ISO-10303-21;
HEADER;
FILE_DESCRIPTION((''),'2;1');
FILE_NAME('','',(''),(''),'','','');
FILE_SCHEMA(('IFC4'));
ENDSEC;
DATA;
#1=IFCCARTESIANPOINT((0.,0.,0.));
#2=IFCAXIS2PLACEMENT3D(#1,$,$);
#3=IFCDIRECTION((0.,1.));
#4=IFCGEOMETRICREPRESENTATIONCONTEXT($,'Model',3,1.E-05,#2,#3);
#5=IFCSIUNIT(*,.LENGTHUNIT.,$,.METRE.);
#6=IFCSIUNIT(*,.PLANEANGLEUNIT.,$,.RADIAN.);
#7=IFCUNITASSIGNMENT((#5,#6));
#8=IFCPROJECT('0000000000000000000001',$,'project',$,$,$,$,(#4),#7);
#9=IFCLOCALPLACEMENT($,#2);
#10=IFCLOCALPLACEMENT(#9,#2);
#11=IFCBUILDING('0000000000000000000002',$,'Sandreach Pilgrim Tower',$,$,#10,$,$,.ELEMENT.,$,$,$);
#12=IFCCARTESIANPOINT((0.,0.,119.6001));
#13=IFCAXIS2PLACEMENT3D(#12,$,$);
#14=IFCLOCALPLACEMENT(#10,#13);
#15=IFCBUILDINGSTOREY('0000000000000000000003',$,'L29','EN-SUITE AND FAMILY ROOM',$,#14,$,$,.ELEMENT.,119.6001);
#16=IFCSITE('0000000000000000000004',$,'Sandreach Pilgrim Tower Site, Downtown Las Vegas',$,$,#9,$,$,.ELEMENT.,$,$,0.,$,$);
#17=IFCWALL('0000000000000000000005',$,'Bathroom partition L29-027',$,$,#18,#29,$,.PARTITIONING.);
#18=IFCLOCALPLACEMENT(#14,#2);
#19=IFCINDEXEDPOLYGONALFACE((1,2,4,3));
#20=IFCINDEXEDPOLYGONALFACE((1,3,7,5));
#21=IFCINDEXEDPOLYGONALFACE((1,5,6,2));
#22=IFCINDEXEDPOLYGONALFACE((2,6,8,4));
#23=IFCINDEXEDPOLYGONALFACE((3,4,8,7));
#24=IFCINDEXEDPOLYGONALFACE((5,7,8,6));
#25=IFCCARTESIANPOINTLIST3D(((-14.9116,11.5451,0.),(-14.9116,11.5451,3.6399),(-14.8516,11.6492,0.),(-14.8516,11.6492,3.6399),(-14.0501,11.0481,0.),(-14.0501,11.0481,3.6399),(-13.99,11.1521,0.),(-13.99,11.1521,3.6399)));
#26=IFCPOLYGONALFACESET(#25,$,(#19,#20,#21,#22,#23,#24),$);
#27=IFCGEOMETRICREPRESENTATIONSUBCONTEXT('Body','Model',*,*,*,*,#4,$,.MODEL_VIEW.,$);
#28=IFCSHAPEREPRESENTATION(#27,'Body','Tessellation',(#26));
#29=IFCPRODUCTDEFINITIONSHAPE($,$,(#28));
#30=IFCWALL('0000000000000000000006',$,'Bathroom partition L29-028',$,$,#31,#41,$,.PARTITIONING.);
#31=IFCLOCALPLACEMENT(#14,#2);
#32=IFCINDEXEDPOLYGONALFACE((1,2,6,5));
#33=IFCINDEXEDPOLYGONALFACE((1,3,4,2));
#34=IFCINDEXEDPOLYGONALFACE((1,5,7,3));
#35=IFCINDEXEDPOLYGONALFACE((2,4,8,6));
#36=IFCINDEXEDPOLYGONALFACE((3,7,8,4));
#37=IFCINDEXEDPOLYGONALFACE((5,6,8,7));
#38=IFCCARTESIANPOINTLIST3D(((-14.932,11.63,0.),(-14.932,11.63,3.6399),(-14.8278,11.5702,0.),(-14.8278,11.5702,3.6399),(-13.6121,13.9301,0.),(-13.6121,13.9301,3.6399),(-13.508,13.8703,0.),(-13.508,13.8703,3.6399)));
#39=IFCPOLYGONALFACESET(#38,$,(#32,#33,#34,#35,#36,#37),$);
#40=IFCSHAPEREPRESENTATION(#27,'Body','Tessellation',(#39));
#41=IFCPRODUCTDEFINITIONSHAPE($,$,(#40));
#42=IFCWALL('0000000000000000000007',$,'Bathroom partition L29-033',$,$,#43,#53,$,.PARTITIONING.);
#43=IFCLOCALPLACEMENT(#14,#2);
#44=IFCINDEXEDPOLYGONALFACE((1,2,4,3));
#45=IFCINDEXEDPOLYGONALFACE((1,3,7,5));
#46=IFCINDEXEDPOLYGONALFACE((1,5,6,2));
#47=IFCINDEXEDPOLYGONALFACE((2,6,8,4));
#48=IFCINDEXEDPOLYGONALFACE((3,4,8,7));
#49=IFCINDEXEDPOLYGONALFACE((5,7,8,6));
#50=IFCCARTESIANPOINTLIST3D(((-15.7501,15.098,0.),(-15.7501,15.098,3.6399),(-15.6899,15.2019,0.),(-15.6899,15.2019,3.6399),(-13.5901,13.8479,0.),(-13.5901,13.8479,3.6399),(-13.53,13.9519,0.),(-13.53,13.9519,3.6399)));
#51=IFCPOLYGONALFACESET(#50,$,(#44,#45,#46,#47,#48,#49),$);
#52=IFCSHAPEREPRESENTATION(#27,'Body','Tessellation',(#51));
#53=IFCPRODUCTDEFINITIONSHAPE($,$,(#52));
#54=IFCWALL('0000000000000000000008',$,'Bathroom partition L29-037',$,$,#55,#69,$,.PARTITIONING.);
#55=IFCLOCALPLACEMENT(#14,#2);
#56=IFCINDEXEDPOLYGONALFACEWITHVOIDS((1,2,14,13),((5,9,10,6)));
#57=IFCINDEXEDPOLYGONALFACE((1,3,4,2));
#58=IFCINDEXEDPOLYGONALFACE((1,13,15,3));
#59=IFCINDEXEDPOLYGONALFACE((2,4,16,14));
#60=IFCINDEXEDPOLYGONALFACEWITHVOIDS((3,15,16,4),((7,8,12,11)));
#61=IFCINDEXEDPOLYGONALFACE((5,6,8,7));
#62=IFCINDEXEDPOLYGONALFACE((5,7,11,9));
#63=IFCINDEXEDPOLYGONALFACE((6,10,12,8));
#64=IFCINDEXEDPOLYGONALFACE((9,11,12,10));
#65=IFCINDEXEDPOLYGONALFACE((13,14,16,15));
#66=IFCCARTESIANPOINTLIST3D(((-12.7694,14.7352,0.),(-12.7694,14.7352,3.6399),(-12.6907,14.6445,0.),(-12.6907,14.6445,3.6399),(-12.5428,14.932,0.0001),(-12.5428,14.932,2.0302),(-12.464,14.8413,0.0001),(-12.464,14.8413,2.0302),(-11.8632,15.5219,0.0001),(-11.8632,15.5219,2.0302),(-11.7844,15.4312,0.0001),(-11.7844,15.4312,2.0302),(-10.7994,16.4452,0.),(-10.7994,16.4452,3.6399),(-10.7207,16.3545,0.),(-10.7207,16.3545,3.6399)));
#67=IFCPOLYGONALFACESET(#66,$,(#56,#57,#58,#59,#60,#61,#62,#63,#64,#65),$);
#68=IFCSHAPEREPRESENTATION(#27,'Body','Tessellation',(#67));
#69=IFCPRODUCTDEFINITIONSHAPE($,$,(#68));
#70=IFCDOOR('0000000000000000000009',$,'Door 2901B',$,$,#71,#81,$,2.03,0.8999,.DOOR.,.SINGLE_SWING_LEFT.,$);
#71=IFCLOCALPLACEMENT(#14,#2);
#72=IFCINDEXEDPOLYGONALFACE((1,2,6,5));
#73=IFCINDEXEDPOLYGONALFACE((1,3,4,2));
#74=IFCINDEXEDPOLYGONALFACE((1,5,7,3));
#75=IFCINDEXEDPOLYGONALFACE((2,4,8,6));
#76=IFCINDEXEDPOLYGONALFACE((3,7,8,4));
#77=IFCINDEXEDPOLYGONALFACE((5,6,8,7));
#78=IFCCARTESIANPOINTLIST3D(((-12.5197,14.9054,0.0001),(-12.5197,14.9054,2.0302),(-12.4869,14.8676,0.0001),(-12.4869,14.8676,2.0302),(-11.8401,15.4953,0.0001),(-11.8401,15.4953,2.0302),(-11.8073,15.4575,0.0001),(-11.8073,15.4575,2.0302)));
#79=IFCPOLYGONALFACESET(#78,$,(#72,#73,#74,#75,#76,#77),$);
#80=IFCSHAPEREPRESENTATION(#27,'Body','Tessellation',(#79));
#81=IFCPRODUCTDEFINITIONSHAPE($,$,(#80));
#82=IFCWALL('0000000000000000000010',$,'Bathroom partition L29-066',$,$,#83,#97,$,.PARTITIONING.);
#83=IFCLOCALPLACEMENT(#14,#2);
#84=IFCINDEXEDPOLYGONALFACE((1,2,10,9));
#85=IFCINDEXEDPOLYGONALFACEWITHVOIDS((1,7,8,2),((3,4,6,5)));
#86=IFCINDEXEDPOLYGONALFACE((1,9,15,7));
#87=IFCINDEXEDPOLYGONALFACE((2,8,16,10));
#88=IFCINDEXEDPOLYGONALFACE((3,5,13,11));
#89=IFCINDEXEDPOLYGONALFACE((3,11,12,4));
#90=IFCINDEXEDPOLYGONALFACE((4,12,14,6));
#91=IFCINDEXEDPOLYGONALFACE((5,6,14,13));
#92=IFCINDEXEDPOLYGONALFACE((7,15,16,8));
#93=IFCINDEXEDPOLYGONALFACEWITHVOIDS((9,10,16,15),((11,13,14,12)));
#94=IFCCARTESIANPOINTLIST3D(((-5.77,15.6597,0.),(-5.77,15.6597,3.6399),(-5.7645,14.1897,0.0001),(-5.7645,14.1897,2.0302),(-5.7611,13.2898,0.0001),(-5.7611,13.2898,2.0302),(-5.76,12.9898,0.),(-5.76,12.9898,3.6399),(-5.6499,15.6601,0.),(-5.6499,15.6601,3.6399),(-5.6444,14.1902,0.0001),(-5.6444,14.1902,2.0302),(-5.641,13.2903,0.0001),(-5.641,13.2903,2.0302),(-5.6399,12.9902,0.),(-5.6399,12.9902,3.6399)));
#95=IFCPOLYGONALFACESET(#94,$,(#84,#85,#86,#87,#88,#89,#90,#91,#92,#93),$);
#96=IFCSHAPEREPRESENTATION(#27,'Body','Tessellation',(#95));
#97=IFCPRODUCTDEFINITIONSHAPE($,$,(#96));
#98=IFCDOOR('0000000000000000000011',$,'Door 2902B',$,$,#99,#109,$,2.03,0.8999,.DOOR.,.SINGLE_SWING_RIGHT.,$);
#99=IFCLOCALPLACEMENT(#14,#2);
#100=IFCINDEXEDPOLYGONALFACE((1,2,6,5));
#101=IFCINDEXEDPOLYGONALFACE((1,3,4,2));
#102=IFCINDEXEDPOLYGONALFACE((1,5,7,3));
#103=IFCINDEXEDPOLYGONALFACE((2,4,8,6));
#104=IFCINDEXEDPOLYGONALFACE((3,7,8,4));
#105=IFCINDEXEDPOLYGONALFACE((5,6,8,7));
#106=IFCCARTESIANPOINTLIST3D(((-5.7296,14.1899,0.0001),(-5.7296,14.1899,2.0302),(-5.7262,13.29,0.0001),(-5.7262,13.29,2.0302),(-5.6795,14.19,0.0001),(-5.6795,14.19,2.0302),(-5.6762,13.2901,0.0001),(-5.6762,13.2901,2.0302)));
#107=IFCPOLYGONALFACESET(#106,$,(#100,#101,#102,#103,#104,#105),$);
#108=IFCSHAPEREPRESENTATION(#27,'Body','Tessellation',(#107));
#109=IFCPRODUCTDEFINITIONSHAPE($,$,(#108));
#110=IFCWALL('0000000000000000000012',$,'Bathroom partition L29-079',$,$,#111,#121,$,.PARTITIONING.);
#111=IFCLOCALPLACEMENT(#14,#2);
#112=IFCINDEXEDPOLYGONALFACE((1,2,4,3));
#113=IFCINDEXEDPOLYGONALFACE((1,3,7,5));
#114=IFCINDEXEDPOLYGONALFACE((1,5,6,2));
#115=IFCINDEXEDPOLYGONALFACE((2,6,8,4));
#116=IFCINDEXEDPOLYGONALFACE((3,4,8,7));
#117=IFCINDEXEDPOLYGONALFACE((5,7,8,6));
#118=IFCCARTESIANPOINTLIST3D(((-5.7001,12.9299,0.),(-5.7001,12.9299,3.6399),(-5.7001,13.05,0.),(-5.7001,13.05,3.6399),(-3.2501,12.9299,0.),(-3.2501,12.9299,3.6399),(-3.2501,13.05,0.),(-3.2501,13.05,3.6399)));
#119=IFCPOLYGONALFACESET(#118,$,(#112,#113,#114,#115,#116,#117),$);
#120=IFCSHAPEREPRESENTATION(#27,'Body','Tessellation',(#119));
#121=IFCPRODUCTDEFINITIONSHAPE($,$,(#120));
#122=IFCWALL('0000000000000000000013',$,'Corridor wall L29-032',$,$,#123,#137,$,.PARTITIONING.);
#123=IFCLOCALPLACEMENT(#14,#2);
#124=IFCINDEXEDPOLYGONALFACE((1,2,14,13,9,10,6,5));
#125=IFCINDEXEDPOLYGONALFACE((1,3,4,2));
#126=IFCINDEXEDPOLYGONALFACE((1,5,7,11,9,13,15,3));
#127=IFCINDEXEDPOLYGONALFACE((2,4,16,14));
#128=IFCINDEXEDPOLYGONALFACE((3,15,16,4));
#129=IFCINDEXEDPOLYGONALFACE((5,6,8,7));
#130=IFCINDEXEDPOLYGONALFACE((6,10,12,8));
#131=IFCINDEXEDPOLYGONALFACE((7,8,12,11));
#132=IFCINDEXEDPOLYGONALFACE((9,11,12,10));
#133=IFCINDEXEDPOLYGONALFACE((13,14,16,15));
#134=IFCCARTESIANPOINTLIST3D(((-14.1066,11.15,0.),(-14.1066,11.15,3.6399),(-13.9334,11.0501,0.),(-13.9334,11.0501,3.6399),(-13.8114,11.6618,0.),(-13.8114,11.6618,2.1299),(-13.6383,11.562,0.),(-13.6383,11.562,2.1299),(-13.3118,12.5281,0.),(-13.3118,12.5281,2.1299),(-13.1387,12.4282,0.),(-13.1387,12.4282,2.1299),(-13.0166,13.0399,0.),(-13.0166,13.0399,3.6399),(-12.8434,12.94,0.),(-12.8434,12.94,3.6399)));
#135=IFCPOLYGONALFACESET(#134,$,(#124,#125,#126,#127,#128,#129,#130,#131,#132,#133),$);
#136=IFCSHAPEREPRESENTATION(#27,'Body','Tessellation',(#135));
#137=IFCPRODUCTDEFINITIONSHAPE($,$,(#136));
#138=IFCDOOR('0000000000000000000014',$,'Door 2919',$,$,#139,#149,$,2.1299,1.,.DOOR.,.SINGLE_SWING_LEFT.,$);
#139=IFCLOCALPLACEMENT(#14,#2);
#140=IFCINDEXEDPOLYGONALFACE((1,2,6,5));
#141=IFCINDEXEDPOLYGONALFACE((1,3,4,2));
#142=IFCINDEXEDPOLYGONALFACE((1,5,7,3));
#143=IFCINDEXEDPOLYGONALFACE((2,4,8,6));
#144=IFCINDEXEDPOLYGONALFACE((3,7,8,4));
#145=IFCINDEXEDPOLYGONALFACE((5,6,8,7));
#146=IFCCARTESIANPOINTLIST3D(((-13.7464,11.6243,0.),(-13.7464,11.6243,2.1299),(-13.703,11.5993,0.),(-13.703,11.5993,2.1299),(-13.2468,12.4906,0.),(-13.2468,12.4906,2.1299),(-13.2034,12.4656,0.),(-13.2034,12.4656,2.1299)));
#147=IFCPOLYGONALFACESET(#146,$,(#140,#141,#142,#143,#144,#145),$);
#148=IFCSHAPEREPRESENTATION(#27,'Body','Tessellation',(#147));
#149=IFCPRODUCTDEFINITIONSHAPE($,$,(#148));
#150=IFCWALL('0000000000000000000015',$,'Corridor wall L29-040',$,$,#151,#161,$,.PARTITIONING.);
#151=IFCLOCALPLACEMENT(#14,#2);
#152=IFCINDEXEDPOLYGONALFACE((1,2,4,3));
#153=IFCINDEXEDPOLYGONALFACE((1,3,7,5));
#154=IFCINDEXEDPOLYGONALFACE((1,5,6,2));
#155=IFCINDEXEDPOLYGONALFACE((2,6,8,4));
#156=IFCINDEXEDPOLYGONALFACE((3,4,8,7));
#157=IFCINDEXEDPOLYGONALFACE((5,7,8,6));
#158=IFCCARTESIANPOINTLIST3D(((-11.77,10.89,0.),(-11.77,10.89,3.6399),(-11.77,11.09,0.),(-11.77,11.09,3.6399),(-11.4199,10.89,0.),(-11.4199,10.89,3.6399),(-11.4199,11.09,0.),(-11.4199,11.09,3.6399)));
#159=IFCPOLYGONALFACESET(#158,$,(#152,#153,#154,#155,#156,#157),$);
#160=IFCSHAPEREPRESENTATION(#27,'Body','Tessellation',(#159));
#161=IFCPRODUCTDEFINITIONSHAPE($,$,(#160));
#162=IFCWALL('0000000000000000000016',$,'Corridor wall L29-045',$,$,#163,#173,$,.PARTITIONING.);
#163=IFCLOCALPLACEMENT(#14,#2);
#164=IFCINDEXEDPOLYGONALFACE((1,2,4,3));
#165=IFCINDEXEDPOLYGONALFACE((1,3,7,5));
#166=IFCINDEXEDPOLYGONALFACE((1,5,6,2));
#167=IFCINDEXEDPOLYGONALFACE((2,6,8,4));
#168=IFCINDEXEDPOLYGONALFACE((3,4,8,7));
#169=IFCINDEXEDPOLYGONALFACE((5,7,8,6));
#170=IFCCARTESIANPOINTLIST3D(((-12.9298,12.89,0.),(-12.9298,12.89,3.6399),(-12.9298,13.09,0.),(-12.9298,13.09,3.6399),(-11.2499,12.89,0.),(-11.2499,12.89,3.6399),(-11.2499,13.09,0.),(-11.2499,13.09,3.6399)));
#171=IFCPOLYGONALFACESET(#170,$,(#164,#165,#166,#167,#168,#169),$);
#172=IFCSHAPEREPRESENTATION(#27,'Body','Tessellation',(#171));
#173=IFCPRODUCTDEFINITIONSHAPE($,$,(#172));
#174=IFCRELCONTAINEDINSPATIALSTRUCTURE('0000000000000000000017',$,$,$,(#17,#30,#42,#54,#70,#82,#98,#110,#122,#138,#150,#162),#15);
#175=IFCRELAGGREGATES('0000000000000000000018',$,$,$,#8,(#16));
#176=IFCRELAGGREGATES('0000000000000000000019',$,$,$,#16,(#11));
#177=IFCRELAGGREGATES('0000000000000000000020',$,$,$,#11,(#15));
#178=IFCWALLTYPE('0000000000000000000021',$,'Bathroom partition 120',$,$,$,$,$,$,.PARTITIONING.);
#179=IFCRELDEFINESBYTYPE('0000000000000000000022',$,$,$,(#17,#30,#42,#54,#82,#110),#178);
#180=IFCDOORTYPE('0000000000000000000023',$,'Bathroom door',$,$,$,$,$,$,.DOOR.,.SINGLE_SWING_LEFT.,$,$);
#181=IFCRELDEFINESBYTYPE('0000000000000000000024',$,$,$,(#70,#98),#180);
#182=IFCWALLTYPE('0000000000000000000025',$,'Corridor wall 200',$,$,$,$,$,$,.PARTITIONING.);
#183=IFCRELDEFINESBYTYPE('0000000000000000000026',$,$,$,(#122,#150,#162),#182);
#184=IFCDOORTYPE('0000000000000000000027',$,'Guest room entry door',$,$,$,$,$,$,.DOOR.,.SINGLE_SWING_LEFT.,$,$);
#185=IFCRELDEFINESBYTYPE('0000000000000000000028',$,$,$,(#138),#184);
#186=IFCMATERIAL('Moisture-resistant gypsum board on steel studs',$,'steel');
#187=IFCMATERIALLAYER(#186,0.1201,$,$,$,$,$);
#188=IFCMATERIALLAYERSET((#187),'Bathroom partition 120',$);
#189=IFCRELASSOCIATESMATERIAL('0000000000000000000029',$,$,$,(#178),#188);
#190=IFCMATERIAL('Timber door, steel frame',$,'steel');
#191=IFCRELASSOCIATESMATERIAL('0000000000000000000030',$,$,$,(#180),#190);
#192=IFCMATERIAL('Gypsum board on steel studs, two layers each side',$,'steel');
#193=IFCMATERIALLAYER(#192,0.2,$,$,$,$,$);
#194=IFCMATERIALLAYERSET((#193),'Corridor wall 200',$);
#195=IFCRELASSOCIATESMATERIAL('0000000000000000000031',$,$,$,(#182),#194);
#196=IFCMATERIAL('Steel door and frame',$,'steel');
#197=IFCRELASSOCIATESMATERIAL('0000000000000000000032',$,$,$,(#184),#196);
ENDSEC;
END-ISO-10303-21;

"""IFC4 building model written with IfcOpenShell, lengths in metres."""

from ifc_helpers import new_model, si_unit, direction, frame, frame_2d, origin, place, context, subcontext, project, spatial, rectangle, extrude, material, layer, layer_set, type_object, element, fill, save


model = new_model("IFC4")

# Units and contexts
model_context = context("Model", 3, precision=1e-05, world=origin(), true_north=direction((0.0, 1.0)))
body_context = subcontext(model_context, "Body", "Model", "MODEL_VIEW")
ifc_project = project(units=[si_unit("LENGTHUNIT", "METRE"), si_unit("PLANEANGLEUNIT", "RADIAN")], contexts=[model_context])

# Site, building, storey
site_placement = place(None, origin())
site = spatial("IfcSite", under=ifc_project, at=site_placement, Name="Sandreach Pilgrim Tower Site, Downtown Las Vegas", CompositionType="ELEMENT", RefElevation=0.0)
building_placement = place(site_placement, origin())
building = spatial("IfcBuilding", under=site, at=building_placement, Name="Sandreach Pilgrim Tower", CompositionType="ELEMENT")
storey_placement = place(building_placement, frame((0.0, 0.0, 119.6001)))
storey = spatial("IfcBuildingStorey", under=building, at=storey_placement, Name="L29", Description="EN-SUITE AND FAMILY ROOM", CompositionType="ELEMENT", Elevation=119.6001)

# Walls
ifc_material_1 = material(Name="Moisture-resistant gypsum board on steel studs", Category="steel")
ifc_layer_1 = layer(ifc_material_1, 0.1201)
ifc_layer_set_1 = layer_set([ifc_layer_1], Name="Bathroom partition 120")
wall_type_1 = type_object("IfcWallType", Name="Bathroom partition 120", PredefinedType="PARTITIONING", material=ifc_layer_set_1)
wall_1_placement = place(storey_placement, frame((-14.8816, 11.5972, 0.0), z_axis=(0.0, 0.0, 1.0), x_axis=(0.866181, -0.49973, 0.0)))
element("IfcWall", 1, at=wall_1_placement, inside=storey, type_object=wall_type_1, Name="Bathroom partition L29-027", PredefinedType="PARTITIONING", context=body_context, shape_type="SweptSolid", body=[
    extrude(rectangle(XDim=0.9946, YDim=0.1201, at=frame_2d((0.4973, 0.0))), origin(), (0.0, 0.0, 1.0), 3.6399),
])
wall_2_placement = place(storey_placement, frame((-14.8799, 11.6001, 0.0), z_axis=(0.0, 0.0, 1.0), x_axis=(0.497705, 0.867347, 0.0)))
element("IfcWall", 2, at=wall_2_placement, inside=storey, type_object=wall_type_1, Name="Bathroom partition L29-028", PredefinedType="PARTITIONING", context=body_context, shape_type="SweptSolid", body=[
    extrude(rectangle(XDim=2.6519, YDim=0.1201, at=frame_2d((1.3259, 0.0))), origin(), (0.0, 0.0, 1.0), 3.6399),
])
wall_3_placement = place(storey_placement, frame((-13.5601, 13.8999, 0.0), z_axis=(0.0, 0.0, 1.0), x_axis=(-0.865509, 0.500894, 0.0)))
element("IfcWall", 3, at=wall_3_placement, inside=storey, type_object=wall_type_1, Name="Bathroom partition L29-033", PredefinedType="PARTITIONING", context=body_context, shape_type="SweptSolid", body=[
    extrude(rectangle(XDim=2.4956, YDim=0.1201, at=frame_2d((1.2478, 0.0))), origin(), (0.0, 0.0, 1.0), 3.6399),
])

# Walls, openings, doors
wall_4_placement = place(storey_placement, frame((-12.73, 14.6899, 0.0), z_axis=(0.0, 0.0, 1.0), x_axis=(0.755186, 0.655511, 0.0)))
wall_4 = element("IfcWall", 4, at=wall_4_placement, inside=storey, type_object=wall_type_1, Name="Bathroom partition L29-037", PredefinedType="PARTITIONING", context=body_context, shape_type="SweptSolid", body=[
    extrude(rectangle(XDim=2.6086, YDim=0.1201, at=frame_2d((1.3042, 0.0))), origin(), (0.0, 0.0, 1.0), 3.6399),
])
opening_1_placement = place(wall_4_placement, frame((0.3, 0.0, 0.0)))
opening_1 = element("IfcOpeningElement", 5, at=opening_1_placement, cuts=wall_4, PredefinedType="OPENING", context=body_context, shape_type="SweptSolid", body=[
    extrude(rectangle(XDim=0.8999, YDim=2.03, at=frame_2d((0.45, 1.0151))), frame((0.0, 0.0601, 0.0), z_axis=(0.0, -1.0, 0.0), x_axis=(1.0, 0.0, 0.0)), (0.0, 0.0, 1.0), 0.1201),
])
ifc_material_2 = material(Name="Timber door, steel frame", Category="steel")
door_type_1 = type_object("IfcDoorType", Name="Bathroom door", OperationType="SINGLE_SWING_LEFT", PredefinedType="DOOR", material=ifc_material_2)
door_1_placement = place(opening_1_placement, origin())
door_1 = element("IfcDoor", 6, at=door_1_placement, inside=storey, type_object=door_type_1, Name="Door 2901B", OperationType="SINGLE_SWING_LEFT", OverallHeight=2.03, OverallWidth=0.8999, PredefinedType="DOOR", context=body_context, shape_type="SweptSolid", body=[
    extrude(rectangle(XDim=0.8999, YDim=2.03, at=frame_2d((0.45, 1.0151))), frame((0.0, 0.0249, 0.0), z_axis=(0.0, -1.0, 0.0), x_axis=(1.0, 0.0, 0.0)), (0.0, 0.0, 1.0), 0.05),
])
fill(opening_1, door_1)
wall_5_placement = place(storey_placement, frame((-5.71, 15.6599, 0.0), z_axis=(0.0, 0.0, 1.0), x_axis=(0.003749, -0.999993, 0.0)))
wall_5 = element("IfcWall", 7, at=wall_5_placement, inside=storey, type_object=wall_type_1, Name="Bathroom partition L29-066", PredefinedType="PARTITIONING", context=body_context, shape_type="SweptSolid", body=[
    extrude(rectangle(XDim=2.6699, YDim=0.1201, at=frame_2d((1.335, 0.0))), origin(), (0.0, 0.0, 1.0), 3.6399),
])
opening_2_placement = place(wall_5_placement, frame((1.47, 0.0, 0.0)))
opening_2 = element("IfcOpeningElement", 8, at=opening_2_placement, cuts=wall_5, PredefinedType="OPENING", context=body_context, shape_type="SweptSolid", body=[
    extrude(rectangle(XDim=0.8999, YDim=2.03, at=frame_2d((0.45, 1.0151))), frame((0.0, 0.0601, 0.0), z_axis=(0.0, -1.0, 0.0), x_axis=(1.0, 0.0, 0.0)), (0.0, 0.0, 1.0), 0.1201),
])
door_2_placement = place(opening_2_placement, origin())
door_2 = element("IfcDoor", 9, at=door_2_placement, inside=storey, type_object=door_type_1, Name="Door 2902B", OperationType="SINGLE_SWING_RIGHT", OverallHeight=2.03, OverallWidth=0.8999, PredefinedType="DOOR", context=body_context, shape_type="SweptSolid", body=[
    extrude(rectangle(XDim=0.8999, YDim=2.03, at=frame_2d((0.45, 1.0151))), frame((0.0, 0.0249, 0.0), z_axis=(0.0, -1.0, 0.0), x_axis=(1.0, 0.0, 0.0)), (0.0, 0.0, 1.0), 0.05),
])
fill(opening_2, door_2)

# Wall
wall_6_placement = place(storey_placement, frame((-3.25, 12.99, 0.0), z_axis=(0.0, 0.0, 1.0), x_axis=(-1.0, 0.0, 0.0)))
element("IfcWall", 10, at=wall_6_placement, inside=storey, type_object=wall_type_1, Name="Bathroom partition L29-079", PredefinedType="PARTITIONING", context=body_context, shape_type="SweptSolid", body=[
    extrude(rectangle(XDim=2.45, YDim=0.1201, at=frame_2d((1.2251, 0.0))), origin(), (0.0, 0.0, 1.0), 3.6399),
])

# Wall, opening, door
ifc_material_3 = material(Name="Gypsum board on steel studs, two layers each side", Category="steel")
ifc_layer_2 = layer(ifc_material_3, 0.2)
ifc_layer_set_2 = layer_set([ifc_layer_2], Name="Corridor wall 200")
wall_type_2 = type_object("IfcWallType", Name="Corridor wall 200", PredefinedType="PARTITIONING", material=ifc_layer_set_2)
wall_7_placement = place(storey_placement, frame((-14.02, 11.1001, 0.0), z_axis=(0.0, 0.0, 1.0), x_axis=(0.499642, 0.866232, 0.0)))
wall_7 = element("IfcWall", 11, at=wall_7_placement, inside=storey, type_object=wall_type_2, Name="Corridor wall L29-032", PredefinedType="PARTITIONING", context=body_context, shape_type="SweptSolid", body=[
    extrude(rectangle(XDim=2.1816, YDim=0.2, at=frame_2d((1.0908, 0.0))), origin(), (0.0, 0.0, 1.0), 3.6399),
])
opening_3_placement = place(wall_7_placement, frame((0.5908, 0.0, 0.0)))
opening_3 = element("IfcOpeningElement", 12, at=opening_3_placement, cuts=wall_7, PredefinedType="OPENING", context=body_context, shape_type="SweptSolid", body=[
    extrude(rectangle(XDim=1.0, YDim=2.1299, at=frame_2d((0.5, 1.0649))), frame((0.0, 0.1001, 0.0), z_axis=(0.0, -1.0, 0.0), x_axis=(1.0, 0.0, 0.0)), (0.0, 0.0, 1.0), 0.2),
])
ifc_material_4 = material(Name="Steel door and frame", Category="steel")
door_type_2 = type_object("IfcDoorType", Name="Guest room entry door", OperationType="SINGLE_SWING_LEFT", PredefinedType="DOOR", material=ifc_material_4)
door_3_placement = place(opening_3_placement, origin())
door_3 = element("IfcDoor", 13, at=door_3_placement, inside=storey, type_object=door_type_2, Name="Door 2919", OperationType="SINGLE_SWING_LEFT", OverallHeight=2.1299, OverallWidth=1.0, PredefinedType="DOOR", context=body_context, shape_type="SweptSolid", body=[
    extrude(rectangle(XDim=1.0, YDim=2.1299, at=frame_2d((0.5, 1.0649))), frame((0.0, 0.0249, 0.0), z_axis=(0.0, -1.0, 0.0), x_axis=(1.0, 0.0, 0.0)), (0.0, 0.0, 1.0), 0.05),
])
fill(opening_3, door_3)

# Wall
wall_8_placement = place(storey_placement, frame((-11.77, 10.99, 0.0), z_axis=(0.0, 0.0, 1.0), x_axis=(1.0, 0.0, 0.0)))
element("IfcWall", 14, at=wall_8_placement, inside=storey, type_object=wall_type_2, Name="Corridor wall L29-040", PredefinedType="PARTITIONING", context=body_context, shape_type="SweptSolid", body=[
    extrude(rectangle(XDim=0.3501, YDim=0.2, at=frame_2d((0.175, 0.0))), origin(), (0.0, 0.0, 1.0), 3.6399),
])

# Wall
wall_9_placement = place(storey_placement, frame((-11.25, 12.99, 0.0), z_axis=(0.0, 0.0, 1.0), x_axis=(-1.0, 0.0, 0.0)))
element("IfcWall", 15, at=wall_9_placement, inside=storey, type_object=wall_type_2, Name="Corridor wall L29-045", PredefinedType="PARTITIONING", context=body_context, shape_type="SweptSolid", body=[
    extrude(rectangle(XDim=1.6799, YDim=0.2, at=frame_2d((0.8398, 0.0))), origin(), (0.0, 0.0, 1.0), 3.6399),
])

save(model, "model.ifc")
